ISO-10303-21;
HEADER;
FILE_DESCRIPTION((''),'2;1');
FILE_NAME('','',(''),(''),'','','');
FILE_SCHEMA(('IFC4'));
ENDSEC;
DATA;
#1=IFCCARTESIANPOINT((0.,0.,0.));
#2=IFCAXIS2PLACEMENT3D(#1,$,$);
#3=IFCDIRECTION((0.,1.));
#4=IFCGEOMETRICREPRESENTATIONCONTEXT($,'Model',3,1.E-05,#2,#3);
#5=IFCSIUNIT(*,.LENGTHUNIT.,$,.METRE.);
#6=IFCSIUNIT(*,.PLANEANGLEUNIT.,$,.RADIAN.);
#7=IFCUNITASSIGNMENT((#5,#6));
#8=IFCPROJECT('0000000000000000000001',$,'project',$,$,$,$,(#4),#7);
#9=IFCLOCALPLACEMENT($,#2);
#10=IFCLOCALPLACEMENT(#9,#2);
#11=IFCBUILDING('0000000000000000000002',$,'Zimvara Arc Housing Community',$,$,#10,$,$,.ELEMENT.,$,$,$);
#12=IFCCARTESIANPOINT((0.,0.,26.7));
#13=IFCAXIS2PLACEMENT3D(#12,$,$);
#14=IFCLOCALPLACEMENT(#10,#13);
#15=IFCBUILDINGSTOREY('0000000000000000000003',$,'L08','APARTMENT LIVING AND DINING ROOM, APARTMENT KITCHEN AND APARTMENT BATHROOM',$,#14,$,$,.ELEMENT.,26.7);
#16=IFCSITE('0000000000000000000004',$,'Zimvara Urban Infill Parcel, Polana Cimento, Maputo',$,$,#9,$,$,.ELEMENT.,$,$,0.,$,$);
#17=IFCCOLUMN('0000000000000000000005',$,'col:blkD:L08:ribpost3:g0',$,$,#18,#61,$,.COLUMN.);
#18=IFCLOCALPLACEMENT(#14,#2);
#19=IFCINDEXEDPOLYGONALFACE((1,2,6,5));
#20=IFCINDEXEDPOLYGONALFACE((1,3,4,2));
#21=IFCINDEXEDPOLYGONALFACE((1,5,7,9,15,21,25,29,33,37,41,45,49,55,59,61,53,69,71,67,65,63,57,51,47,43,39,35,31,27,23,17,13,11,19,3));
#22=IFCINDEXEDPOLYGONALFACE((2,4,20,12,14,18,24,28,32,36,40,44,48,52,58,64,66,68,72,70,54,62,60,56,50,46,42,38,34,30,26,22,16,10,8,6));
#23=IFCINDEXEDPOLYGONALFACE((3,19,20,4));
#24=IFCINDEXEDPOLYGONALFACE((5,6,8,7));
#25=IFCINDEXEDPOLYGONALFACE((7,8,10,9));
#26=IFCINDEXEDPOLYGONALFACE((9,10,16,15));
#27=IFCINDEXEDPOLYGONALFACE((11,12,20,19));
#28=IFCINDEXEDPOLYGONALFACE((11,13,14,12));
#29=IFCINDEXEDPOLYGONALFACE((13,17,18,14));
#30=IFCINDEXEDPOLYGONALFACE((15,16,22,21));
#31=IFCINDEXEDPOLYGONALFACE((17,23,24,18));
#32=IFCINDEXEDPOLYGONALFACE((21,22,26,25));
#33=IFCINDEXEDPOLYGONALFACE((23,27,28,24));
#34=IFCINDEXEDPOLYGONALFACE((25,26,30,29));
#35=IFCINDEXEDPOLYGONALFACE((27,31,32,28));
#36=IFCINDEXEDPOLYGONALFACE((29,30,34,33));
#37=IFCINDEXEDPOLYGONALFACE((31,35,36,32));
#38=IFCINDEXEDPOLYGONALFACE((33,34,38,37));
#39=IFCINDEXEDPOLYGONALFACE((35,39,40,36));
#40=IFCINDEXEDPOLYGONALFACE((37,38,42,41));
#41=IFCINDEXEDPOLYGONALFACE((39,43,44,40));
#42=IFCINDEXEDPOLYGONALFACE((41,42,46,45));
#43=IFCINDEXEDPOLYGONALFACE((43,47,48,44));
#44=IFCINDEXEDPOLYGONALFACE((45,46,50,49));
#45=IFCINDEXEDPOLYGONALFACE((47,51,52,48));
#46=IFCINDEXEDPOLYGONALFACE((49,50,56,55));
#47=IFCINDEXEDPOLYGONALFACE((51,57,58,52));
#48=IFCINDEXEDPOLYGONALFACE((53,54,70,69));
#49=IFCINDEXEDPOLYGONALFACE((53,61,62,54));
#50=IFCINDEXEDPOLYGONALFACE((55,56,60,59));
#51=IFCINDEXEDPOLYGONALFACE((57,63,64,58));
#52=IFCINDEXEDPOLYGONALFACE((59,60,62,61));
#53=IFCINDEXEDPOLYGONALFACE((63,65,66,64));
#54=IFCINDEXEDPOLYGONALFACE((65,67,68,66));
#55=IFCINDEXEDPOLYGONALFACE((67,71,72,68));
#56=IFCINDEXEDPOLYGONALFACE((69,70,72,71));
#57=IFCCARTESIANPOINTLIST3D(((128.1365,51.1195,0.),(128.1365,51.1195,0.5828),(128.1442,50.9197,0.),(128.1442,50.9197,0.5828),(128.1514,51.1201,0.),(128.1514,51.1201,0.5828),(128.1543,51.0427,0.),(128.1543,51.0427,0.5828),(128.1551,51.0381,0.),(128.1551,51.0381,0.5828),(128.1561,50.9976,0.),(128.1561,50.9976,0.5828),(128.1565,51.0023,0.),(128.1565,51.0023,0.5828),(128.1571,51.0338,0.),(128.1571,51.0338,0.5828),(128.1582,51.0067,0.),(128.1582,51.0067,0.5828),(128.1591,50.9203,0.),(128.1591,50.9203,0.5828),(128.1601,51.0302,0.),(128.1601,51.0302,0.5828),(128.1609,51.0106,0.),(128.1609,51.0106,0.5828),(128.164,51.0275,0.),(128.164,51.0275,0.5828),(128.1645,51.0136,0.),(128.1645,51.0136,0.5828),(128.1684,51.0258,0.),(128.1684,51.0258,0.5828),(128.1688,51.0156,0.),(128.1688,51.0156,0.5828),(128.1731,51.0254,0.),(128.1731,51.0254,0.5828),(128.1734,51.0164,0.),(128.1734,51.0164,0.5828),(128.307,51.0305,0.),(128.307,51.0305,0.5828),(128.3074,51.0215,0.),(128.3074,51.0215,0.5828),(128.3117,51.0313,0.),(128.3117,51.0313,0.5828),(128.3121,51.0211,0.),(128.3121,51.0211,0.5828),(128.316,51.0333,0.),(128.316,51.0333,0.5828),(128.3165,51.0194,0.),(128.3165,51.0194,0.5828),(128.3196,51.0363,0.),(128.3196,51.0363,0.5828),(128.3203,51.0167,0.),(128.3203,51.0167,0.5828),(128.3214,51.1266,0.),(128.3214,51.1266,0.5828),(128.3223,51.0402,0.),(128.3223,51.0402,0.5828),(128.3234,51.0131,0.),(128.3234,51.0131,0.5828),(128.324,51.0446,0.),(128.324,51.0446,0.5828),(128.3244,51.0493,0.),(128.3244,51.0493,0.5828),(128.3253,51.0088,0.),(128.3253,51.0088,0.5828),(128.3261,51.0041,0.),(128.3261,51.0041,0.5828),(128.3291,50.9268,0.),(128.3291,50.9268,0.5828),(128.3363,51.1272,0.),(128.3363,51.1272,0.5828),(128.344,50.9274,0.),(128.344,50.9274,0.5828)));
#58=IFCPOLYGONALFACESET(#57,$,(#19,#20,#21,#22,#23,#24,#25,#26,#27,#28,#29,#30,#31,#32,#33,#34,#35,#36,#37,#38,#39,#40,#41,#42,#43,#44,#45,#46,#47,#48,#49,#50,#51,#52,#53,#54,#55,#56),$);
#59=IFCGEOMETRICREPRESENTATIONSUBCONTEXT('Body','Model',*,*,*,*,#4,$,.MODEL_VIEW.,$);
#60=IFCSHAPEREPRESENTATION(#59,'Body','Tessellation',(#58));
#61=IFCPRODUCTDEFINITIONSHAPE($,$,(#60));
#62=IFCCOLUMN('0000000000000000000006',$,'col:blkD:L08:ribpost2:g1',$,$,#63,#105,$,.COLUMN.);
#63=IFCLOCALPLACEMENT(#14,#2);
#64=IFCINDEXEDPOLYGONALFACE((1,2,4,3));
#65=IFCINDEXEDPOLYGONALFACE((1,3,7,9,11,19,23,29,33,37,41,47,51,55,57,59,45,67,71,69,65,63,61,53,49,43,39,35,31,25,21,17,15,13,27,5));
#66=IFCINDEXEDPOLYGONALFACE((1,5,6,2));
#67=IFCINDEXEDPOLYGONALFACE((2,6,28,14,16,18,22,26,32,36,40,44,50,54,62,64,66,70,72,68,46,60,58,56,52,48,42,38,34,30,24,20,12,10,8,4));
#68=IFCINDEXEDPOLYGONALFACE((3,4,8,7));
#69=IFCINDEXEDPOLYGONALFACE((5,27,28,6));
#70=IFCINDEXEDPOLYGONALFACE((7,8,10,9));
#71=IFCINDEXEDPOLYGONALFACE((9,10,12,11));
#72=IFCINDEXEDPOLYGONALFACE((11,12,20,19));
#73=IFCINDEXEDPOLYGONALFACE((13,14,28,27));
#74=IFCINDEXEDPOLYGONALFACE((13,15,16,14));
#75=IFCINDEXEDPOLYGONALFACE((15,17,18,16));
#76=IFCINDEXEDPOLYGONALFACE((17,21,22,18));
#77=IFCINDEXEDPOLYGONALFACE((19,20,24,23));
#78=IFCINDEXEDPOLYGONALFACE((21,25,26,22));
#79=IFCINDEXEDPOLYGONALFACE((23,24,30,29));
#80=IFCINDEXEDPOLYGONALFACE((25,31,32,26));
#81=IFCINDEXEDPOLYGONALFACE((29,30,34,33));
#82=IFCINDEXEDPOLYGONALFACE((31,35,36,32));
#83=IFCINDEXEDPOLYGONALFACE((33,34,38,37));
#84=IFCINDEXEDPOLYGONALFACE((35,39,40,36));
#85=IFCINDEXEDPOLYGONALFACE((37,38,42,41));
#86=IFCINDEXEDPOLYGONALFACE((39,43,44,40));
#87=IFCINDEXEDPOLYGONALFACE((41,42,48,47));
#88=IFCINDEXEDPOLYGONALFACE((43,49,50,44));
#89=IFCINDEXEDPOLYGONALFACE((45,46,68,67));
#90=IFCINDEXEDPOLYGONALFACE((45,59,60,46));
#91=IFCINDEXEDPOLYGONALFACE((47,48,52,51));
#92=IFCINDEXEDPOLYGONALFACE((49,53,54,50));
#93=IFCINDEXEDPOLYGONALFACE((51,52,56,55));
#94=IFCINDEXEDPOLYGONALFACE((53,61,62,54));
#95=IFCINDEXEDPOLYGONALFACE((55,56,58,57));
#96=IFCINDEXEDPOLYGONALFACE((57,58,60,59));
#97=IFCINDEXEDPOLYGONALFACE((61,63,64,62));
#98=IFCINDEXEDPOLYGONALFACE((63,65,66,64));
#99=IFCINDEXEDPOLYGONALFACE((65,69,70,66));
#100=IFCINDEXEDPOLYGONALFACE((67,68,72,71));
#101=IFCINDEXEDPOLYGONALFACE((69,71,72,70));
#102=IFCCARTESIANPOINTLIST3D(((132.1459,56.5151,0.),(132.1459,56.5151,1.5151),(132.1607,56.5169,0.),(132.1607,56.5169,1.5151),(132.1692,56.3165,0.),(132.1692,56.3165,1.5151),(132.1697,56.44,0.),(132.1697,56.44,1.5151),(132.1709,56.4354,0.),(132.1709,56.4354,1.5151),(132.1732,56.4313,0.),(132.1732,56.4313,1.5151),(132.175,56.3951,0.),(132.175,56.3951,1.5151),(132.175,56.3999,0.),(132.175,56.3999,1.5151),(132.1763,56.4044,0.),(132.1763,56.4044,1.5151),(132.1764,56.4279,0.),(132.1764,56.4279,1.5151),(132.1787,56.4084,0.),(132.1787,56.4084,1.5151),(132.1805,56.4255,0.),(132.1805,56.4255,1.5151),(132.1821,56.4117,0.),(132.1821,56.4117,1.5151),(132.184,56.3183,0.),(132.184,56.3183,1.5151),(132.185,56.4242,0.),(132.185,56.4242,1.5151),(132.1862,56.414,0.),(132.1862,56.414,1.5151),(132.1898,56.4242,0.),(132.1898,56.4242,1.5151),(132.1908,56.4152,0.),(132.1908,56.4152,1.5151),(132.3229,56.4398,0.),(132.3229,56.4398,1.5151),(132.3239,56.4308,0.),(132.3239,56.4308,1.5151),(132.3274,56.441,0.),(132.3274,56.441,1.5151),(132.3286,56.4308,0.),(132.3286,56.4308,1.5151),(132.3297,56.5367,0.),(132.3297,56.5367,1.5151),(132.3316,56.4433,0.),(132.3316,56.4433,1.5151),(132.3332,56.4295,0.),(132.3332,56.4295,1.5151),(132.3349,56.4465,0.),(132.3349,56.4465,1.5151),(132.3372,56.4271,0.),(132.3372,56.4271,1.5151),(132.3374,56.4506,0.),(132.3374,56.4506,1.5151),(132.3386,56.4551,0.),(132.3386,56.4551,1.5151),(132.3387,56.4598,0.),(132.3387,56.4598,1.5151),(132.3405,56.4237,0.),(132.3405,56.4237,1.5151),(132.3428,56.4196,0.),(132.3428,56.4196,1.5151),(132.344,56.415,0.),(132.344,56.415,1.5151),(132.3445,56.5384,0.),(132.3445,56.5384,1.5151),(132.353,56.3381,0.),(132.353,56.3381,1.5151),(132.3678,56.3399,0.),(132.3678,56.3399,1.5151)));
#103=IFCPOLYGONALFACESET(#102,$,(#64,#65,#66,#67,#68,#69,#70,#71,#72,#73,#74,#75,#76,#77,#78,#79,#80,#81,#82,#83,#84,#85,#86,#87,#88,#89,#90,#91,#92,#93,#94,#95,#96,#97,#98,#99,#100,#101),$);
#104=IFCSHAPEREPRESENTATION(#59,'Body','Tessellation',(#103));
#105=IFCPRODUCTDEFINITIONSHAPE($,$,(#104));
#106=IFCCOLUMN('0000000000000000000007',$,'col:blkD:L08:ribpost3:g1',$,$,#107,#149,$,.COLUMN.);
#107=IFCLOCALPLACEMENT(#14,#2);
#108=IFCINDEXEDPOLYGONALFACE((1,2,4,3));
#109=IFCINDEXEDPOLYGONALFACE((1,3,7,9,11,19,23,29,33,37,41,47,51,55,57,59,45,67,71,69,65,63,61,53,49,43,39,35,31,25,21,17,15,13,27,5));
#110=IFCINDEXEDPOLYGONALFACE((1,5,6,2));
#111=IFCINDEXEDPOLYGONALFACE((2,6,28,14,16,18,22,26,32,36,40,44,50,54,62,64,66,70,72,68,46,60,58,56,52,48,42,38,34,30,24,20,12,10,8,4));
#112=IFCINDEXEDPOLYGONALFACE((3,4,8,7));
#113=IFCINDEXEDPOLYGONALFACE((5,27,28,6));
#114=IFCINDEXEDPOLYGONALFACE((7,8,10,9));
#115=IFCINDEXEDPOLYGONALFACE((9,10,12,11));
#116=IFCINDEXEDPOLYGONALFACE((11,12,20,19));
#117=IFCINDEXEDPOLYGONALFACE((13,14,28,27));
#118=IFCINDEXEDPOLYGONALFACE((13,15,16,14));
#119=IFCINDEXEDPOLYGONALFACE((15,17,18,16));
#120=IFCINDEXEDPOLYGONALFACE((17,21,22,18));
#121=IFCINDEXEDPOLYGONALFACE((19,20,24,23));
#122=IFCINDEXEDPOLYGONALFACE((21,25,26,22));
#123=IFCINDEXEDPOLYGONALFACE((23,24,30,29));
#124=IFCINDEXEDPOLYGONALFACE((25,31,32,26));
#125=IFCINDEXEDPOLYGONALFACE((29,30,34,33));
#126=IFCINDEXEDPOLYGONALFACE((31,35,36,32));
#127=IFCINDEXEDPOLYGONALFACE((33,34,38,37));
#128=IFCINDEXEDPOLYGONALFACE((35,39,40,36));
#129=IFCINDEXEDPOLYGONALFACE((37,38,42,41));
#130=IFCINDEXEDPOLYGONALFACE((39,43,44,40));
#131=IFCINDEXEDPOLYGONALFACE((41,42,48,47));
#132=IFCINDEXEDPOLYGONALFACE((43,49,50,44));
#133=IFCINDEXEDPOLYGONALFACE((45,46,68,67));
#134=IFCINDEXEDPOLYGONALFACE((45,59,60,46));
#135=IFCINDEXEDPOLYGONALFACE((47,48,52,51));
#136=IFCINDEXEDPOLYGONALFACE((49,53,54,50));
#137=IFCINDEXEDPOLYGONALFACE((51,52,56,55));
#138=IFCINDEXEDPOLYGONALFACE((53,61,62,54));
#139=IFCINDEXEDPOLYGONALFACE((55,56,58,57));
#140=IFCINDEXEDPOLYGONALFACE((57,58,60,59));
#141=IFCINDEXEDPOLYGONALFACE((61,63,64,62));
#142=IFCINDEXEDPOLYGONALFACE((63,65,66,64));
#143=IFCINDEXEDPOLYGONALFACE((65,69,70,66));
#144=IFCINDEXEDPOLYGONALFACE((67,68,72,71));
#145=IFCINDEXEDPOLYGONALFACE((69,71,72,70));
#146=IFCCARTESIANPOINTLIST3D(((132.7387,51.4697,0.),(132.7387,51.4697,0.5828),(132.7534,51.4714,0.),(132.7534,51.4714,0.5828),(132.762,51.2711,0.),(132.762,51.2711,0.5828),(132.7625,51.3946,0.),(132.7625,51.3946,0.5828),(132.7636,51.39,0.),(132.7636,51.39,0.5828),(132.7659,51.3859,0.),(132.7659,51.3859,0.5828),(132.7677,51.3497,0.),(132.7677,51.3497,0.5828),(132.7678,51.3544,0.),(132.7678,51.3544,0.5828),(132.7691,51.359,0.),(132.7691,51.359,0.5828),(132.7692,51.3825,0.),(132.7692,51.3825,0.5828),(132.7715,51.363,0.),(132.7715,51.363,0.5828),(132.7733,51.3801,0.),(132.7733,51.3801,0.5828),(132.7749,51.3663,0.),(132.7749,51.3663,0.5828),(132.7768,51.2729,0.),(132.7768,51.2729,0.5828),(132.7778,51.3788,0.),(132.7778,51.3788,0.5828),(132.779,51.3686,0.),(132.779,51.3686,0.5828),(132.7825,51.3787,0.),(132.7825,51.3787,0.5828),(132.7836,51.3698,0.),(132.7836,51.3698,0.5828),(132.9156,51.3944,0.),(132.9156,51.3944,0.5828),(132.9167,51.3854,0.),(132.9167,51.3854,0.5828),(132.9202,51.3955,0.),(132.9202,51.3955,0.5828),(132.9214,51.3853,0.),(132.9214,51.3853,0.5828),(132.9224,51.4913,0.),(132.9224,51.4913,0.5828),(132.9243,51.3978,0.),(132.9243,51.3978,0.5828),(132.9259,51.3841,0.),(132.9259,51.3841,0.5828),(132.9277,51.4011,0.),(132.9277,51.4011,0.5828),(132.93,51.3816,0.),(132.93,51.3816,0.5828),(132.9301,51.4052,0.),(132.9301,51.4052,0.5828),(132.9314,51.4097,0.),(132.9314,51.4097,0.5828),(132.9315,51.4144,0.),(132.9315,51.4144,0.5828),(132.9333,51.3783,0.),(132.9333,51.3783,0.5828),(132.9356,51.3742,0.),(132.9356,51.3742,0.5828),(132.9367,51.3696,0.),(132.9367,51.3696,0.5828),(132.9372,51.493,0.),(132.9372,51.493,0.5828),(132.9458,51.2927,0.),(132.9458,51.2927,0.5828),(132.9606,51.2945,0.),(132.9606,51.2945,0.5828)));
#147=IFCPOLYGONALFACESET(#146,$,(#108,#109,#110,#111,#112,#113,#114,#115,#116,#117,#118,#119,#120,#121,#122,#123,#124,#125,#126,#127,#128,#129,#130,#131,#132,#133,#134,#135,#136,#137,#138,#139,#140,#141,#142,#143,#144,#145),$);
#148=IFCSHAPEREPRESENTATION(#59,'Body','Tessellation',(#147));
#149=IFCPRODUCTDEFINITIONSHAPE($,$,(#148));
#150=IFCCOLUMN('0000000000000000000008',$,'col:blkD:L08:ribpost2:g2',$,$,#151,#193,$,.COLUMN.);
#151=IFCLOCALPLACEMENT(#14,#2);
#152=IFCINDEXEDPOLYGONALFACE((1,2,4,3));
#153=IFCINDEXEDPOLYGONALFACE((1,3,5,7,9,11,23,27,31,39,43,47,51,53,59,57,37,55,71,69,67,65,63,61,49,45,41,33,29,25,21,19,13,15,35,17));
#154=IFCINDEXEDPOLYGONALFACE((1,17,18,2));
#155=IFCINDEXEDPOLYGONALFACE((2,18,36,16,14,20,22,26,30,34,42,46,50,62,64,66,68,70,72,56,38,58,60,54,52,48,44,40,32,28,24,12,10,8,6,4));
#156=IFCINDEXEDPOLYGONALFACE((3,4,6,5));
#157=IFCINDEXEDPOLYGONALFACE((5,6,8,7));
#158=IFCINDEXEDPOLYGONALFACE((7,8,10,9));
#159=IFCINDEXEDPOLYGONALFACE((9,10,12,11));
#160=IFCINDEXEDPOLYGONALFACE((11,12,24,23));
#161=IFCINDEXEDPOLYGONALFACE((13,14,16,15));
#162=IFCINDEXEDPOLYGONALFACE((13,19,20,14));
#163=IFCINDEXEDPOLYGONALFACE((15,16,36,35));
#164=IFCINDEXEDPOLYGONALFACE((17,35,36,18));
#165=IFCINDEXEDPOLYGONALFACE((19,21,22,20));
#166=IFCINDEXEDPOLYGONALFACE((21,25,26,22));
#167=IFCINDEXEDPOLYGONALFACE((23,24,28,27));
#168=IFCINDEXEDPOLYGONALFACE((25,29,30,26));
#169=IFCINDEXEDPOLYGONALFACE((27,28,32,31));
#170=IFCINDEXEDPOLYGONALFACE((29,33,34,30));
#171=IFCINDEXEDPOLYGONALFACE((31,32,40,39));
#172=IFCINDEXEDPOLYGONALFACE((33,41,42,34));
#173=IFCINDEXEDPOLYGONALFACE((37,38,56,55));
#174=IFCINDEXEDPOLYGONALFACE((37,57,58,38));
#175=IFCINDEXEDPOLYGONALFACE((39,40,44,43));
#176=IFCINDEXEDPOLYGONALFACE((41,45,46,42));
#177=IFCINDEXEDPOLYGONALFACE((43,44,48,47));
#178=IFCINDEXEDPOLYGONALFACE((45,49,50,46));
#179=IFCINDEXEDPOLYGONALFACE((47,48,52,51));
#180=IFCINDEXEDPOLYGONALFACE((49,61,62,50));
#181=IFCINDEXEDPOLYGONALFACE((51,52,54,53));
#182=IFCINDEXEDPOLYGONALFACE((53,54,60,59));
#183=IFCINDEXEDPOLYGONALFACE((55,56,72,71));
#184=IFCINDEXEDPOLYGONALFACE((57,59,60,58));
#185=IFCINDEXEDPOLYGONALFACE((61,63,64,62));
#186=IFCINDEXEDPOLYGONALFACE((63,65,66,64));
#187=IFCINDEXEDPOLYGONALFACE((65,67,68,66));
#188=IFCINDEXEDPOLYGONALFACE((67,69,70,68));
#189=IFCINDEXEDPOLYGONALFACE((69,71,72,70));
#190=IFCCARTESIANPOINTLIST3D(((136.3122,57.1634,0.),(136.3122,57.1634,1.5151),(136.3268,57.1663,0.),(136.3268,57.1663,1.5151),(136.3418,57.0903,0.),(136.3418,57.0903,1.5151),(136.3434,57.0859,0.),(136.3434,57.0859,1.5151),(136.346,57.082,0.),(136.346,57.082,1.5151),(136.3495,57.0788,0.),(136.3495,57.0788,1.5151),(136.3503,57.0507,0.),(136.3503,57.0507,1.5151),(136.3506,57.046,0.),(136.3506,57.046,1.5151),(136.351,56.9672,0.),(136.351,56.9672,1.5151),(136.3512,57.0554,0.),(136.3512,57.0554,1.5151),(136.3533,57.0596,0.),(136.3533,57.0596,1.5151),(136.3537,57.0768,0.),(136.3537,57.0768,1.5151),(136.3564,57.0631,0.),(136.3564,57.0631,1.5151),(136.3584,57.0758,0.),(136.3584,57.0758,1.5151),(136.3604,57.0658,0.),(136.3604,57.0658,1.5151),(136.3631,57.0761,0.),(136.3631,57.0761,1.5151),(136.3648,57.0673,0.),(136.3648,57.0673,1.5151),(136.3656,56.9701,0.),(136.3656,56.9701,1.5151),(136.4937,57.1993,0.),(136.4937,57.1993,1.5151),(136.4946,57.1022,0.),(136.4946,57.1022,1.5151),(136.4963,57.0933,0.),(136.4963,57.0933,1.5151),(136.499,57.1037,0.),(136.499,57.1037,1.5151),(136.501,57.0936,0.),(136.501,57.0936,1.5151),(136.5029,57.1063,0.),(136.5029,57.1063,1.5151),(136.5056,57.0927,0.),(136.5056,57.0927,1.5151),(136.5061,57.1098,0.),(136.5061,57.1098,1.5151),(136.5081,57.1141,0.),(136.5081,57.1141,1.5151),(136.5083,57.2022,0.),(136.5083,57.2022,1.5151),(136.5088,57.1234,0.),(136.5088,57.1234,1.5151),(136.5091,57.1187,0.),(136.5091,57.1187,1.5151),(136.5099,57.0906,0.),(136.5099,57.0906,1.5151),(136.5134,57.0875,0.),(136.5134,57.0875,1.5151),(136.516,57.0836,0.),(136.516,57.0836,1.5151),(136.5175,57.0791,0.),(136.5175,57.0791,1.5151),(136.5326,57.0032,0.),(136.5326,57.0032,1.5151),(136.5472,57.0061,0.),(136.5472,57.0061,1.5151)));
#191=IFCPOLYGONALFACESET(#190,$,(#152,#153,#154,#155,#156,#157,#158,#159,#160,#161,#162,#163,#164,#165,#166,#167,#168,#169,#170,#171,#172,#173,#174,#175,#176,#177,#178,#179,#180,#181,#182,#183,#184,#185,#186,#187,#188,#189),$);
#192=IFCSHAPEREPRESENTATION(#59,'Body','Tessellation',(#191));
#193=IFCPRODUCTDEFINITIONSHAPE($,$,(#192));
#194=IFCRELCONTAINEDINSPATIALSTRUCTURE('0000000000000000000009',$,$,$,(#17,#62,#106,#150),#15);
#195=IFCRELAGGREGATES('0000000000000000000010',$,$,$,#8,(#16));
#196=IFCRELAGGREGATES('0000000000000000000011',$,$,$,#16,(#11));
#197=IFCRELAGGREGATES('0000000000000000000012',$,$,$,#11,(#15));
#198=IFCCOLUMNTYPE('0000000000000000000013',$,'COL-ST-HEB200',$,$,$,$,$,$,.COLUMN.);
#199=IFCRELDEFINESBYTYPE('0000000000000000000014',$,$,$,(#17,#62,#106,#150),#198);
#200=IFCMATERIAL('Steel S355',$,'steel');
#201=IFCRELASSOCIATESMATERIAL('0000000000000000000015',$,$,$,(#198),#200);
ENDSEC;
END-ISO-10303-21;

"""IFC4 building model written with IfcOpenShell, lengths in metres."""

from ifc_helpers import new_model, si_unit, direction, frame, origin, origin_2d, place, context, subcontext, project, spatial, i_section, extrude, material, material_profile, profile_set, type_object, element, save


model = new_model("IFC4")

# Units and contexts
model_context = context("Model", 3, precision=1e-05, world=origin(), true_north=direction((0.0, 1.0)))
body_context = subcontext(model_context, "Body", "Model", "MODEL_VIEW")
ifc_project = project(units=[si_unit("LENGTHUNIT", "METRE"), si_unit("PLANEANGLEUNIT", "RADIAN")], contexts=[model_context])

# Site, building, storey
site_placement = place(None, origin())
site = spatial("IfcSite", under=ifc_project, at=site_placement, Name="Zimvara Urban Infill Parcel, Polana Cimento, Maputo", CompositionType="ELEMENT", RefElevation=0.0)
building_placement = place(site_placement, origin())
building = spatial("IfcBuilding", under=site, at=building_placement, Name="Zimvara Arc Housing Community", CompositionType="ELEMENT")
storey_placement = place(building_placement, frame((0.0, 0.0, 26.7)))
storey = spatial("IfcBuildingStorey", under=building, at=storey_placement, Name="L08", Description="APARTMENT LIVING AND DINING ROOM, APARTMENT KITCHEN AND APARTMENT BATHROOM", CompositionType="ELEMENT", Elevation=26.7)

# Columns
ifc_material_1 = material(Name="Steel S355", Category="steel")
ifc_material_profile_1 = material_profile(ifc_material_1, i_section(OverallWidth=0.2, OverallDepth=0.2, WebThickness=0.009, FlangeThickness=0.0149, FilletRadius=0.0181, at=origin_2d()), Name="HEB 200")
ifc_profile_set_1 = profile_set([ifc_material_profile_1], Name="Steel S355")
column_type = type_object("IfcColumnType", Name="COL-ST-HEB200", PredefinedType="COLUMN", material=ifc_profile_set_1)
column_1_placement = place(storey_placement, frame((128.2402, 51.0234, 0.0), z_axis=(0.0, 0.0, 1.0), x_axis=(0.038388, -0.999263, 0.0)))
element("IfcColumn", 1, at=column_1_placement, inside=storey, type_object=column_type, Name="col:blkD:L08:ribpost3:g0", PredefinedType="COLUMN", context=body_context, shape_type="SweptSolid", body=[
    extrude(i_section(OverallWidth=0.2, OverallDepth=0.2, WebThickness=0.009, FlangeThickness=0.0149, FilletRadius=0.0181, at=origin_2d()), origin(), (0.0, 0.0, 1.0), 0.5828),
])
column_2_placement = place(storey_placement, frame((132.2568, 56.4275, 0.0), z_axis=(0.0, 0.0, 1.0), x_axis=(0.116671, -0.993171, 0.0)))
element("IfcColumn", 2, at=column_2_placement, inside=storey, type_object=column_type, Name="col:blkD:L08:ribpost2:g1", PredefinedType="COLUMN", context=body_context, shape_type="SweptSolid", body=[
    extrude(i_section(OverallWidth=0.2, OverallDepth=0.2, WebThickness=0.009, FlangeThickness=0.0149, FilletRadius=0.0181, at=origin_2d()), origin(), (0.0, 0.0, 1.0), 1.5151),
])
column_3_placement = place(storey_placement, frame((132.8496, 51.3821, 0.0), z_axis=(0.0, 0.0, 1.0), x_axis=(0.116671, -0.993171, 0.0)))
element("IfcColumn", 3, at=column_3_placement, inside=storey, type_object=column_type, Name="col:blkD:L08:ribpost3:g1", PredefinedType="COLUMN", context=body_context, shape_type="SweptSolid", body=[
    extrude(i_section(OverallWidth=0.2, OverallDepth=0.2, WebThickness=0.009, FlangeThickness=0.0149, FilletRadius=0.0181, at=origin_2d()), origin(), (0.0, 0.0, 1.0), 0.5828),
])
column_4_placement = place(storey_placement, frame((136.4297, 57.0847, 0.0), z_axis=(0.0, 0.0, 1.0), x_axis=(0.194234, -0.980955, 0.0)))
element("IfcColumn", 4, at=column_4_placement, inside=storey, type_object=column_type, Name="col:blkD:L08:ribpost2:g2", PredefinedType="COLUMN", context=body_context, shape_type="SweptSolid", body=[
    extrude(i_section(OverallWidth=0.2, OverallDepth=0.2, WebThickness=0.009, FlangeThickness=0.0149, FilletRadius=0.0181, at=origin_2d()), origin(), (0.0, 0.0, 1.0), 1.5151),
])

save(model, "model.ifc")
